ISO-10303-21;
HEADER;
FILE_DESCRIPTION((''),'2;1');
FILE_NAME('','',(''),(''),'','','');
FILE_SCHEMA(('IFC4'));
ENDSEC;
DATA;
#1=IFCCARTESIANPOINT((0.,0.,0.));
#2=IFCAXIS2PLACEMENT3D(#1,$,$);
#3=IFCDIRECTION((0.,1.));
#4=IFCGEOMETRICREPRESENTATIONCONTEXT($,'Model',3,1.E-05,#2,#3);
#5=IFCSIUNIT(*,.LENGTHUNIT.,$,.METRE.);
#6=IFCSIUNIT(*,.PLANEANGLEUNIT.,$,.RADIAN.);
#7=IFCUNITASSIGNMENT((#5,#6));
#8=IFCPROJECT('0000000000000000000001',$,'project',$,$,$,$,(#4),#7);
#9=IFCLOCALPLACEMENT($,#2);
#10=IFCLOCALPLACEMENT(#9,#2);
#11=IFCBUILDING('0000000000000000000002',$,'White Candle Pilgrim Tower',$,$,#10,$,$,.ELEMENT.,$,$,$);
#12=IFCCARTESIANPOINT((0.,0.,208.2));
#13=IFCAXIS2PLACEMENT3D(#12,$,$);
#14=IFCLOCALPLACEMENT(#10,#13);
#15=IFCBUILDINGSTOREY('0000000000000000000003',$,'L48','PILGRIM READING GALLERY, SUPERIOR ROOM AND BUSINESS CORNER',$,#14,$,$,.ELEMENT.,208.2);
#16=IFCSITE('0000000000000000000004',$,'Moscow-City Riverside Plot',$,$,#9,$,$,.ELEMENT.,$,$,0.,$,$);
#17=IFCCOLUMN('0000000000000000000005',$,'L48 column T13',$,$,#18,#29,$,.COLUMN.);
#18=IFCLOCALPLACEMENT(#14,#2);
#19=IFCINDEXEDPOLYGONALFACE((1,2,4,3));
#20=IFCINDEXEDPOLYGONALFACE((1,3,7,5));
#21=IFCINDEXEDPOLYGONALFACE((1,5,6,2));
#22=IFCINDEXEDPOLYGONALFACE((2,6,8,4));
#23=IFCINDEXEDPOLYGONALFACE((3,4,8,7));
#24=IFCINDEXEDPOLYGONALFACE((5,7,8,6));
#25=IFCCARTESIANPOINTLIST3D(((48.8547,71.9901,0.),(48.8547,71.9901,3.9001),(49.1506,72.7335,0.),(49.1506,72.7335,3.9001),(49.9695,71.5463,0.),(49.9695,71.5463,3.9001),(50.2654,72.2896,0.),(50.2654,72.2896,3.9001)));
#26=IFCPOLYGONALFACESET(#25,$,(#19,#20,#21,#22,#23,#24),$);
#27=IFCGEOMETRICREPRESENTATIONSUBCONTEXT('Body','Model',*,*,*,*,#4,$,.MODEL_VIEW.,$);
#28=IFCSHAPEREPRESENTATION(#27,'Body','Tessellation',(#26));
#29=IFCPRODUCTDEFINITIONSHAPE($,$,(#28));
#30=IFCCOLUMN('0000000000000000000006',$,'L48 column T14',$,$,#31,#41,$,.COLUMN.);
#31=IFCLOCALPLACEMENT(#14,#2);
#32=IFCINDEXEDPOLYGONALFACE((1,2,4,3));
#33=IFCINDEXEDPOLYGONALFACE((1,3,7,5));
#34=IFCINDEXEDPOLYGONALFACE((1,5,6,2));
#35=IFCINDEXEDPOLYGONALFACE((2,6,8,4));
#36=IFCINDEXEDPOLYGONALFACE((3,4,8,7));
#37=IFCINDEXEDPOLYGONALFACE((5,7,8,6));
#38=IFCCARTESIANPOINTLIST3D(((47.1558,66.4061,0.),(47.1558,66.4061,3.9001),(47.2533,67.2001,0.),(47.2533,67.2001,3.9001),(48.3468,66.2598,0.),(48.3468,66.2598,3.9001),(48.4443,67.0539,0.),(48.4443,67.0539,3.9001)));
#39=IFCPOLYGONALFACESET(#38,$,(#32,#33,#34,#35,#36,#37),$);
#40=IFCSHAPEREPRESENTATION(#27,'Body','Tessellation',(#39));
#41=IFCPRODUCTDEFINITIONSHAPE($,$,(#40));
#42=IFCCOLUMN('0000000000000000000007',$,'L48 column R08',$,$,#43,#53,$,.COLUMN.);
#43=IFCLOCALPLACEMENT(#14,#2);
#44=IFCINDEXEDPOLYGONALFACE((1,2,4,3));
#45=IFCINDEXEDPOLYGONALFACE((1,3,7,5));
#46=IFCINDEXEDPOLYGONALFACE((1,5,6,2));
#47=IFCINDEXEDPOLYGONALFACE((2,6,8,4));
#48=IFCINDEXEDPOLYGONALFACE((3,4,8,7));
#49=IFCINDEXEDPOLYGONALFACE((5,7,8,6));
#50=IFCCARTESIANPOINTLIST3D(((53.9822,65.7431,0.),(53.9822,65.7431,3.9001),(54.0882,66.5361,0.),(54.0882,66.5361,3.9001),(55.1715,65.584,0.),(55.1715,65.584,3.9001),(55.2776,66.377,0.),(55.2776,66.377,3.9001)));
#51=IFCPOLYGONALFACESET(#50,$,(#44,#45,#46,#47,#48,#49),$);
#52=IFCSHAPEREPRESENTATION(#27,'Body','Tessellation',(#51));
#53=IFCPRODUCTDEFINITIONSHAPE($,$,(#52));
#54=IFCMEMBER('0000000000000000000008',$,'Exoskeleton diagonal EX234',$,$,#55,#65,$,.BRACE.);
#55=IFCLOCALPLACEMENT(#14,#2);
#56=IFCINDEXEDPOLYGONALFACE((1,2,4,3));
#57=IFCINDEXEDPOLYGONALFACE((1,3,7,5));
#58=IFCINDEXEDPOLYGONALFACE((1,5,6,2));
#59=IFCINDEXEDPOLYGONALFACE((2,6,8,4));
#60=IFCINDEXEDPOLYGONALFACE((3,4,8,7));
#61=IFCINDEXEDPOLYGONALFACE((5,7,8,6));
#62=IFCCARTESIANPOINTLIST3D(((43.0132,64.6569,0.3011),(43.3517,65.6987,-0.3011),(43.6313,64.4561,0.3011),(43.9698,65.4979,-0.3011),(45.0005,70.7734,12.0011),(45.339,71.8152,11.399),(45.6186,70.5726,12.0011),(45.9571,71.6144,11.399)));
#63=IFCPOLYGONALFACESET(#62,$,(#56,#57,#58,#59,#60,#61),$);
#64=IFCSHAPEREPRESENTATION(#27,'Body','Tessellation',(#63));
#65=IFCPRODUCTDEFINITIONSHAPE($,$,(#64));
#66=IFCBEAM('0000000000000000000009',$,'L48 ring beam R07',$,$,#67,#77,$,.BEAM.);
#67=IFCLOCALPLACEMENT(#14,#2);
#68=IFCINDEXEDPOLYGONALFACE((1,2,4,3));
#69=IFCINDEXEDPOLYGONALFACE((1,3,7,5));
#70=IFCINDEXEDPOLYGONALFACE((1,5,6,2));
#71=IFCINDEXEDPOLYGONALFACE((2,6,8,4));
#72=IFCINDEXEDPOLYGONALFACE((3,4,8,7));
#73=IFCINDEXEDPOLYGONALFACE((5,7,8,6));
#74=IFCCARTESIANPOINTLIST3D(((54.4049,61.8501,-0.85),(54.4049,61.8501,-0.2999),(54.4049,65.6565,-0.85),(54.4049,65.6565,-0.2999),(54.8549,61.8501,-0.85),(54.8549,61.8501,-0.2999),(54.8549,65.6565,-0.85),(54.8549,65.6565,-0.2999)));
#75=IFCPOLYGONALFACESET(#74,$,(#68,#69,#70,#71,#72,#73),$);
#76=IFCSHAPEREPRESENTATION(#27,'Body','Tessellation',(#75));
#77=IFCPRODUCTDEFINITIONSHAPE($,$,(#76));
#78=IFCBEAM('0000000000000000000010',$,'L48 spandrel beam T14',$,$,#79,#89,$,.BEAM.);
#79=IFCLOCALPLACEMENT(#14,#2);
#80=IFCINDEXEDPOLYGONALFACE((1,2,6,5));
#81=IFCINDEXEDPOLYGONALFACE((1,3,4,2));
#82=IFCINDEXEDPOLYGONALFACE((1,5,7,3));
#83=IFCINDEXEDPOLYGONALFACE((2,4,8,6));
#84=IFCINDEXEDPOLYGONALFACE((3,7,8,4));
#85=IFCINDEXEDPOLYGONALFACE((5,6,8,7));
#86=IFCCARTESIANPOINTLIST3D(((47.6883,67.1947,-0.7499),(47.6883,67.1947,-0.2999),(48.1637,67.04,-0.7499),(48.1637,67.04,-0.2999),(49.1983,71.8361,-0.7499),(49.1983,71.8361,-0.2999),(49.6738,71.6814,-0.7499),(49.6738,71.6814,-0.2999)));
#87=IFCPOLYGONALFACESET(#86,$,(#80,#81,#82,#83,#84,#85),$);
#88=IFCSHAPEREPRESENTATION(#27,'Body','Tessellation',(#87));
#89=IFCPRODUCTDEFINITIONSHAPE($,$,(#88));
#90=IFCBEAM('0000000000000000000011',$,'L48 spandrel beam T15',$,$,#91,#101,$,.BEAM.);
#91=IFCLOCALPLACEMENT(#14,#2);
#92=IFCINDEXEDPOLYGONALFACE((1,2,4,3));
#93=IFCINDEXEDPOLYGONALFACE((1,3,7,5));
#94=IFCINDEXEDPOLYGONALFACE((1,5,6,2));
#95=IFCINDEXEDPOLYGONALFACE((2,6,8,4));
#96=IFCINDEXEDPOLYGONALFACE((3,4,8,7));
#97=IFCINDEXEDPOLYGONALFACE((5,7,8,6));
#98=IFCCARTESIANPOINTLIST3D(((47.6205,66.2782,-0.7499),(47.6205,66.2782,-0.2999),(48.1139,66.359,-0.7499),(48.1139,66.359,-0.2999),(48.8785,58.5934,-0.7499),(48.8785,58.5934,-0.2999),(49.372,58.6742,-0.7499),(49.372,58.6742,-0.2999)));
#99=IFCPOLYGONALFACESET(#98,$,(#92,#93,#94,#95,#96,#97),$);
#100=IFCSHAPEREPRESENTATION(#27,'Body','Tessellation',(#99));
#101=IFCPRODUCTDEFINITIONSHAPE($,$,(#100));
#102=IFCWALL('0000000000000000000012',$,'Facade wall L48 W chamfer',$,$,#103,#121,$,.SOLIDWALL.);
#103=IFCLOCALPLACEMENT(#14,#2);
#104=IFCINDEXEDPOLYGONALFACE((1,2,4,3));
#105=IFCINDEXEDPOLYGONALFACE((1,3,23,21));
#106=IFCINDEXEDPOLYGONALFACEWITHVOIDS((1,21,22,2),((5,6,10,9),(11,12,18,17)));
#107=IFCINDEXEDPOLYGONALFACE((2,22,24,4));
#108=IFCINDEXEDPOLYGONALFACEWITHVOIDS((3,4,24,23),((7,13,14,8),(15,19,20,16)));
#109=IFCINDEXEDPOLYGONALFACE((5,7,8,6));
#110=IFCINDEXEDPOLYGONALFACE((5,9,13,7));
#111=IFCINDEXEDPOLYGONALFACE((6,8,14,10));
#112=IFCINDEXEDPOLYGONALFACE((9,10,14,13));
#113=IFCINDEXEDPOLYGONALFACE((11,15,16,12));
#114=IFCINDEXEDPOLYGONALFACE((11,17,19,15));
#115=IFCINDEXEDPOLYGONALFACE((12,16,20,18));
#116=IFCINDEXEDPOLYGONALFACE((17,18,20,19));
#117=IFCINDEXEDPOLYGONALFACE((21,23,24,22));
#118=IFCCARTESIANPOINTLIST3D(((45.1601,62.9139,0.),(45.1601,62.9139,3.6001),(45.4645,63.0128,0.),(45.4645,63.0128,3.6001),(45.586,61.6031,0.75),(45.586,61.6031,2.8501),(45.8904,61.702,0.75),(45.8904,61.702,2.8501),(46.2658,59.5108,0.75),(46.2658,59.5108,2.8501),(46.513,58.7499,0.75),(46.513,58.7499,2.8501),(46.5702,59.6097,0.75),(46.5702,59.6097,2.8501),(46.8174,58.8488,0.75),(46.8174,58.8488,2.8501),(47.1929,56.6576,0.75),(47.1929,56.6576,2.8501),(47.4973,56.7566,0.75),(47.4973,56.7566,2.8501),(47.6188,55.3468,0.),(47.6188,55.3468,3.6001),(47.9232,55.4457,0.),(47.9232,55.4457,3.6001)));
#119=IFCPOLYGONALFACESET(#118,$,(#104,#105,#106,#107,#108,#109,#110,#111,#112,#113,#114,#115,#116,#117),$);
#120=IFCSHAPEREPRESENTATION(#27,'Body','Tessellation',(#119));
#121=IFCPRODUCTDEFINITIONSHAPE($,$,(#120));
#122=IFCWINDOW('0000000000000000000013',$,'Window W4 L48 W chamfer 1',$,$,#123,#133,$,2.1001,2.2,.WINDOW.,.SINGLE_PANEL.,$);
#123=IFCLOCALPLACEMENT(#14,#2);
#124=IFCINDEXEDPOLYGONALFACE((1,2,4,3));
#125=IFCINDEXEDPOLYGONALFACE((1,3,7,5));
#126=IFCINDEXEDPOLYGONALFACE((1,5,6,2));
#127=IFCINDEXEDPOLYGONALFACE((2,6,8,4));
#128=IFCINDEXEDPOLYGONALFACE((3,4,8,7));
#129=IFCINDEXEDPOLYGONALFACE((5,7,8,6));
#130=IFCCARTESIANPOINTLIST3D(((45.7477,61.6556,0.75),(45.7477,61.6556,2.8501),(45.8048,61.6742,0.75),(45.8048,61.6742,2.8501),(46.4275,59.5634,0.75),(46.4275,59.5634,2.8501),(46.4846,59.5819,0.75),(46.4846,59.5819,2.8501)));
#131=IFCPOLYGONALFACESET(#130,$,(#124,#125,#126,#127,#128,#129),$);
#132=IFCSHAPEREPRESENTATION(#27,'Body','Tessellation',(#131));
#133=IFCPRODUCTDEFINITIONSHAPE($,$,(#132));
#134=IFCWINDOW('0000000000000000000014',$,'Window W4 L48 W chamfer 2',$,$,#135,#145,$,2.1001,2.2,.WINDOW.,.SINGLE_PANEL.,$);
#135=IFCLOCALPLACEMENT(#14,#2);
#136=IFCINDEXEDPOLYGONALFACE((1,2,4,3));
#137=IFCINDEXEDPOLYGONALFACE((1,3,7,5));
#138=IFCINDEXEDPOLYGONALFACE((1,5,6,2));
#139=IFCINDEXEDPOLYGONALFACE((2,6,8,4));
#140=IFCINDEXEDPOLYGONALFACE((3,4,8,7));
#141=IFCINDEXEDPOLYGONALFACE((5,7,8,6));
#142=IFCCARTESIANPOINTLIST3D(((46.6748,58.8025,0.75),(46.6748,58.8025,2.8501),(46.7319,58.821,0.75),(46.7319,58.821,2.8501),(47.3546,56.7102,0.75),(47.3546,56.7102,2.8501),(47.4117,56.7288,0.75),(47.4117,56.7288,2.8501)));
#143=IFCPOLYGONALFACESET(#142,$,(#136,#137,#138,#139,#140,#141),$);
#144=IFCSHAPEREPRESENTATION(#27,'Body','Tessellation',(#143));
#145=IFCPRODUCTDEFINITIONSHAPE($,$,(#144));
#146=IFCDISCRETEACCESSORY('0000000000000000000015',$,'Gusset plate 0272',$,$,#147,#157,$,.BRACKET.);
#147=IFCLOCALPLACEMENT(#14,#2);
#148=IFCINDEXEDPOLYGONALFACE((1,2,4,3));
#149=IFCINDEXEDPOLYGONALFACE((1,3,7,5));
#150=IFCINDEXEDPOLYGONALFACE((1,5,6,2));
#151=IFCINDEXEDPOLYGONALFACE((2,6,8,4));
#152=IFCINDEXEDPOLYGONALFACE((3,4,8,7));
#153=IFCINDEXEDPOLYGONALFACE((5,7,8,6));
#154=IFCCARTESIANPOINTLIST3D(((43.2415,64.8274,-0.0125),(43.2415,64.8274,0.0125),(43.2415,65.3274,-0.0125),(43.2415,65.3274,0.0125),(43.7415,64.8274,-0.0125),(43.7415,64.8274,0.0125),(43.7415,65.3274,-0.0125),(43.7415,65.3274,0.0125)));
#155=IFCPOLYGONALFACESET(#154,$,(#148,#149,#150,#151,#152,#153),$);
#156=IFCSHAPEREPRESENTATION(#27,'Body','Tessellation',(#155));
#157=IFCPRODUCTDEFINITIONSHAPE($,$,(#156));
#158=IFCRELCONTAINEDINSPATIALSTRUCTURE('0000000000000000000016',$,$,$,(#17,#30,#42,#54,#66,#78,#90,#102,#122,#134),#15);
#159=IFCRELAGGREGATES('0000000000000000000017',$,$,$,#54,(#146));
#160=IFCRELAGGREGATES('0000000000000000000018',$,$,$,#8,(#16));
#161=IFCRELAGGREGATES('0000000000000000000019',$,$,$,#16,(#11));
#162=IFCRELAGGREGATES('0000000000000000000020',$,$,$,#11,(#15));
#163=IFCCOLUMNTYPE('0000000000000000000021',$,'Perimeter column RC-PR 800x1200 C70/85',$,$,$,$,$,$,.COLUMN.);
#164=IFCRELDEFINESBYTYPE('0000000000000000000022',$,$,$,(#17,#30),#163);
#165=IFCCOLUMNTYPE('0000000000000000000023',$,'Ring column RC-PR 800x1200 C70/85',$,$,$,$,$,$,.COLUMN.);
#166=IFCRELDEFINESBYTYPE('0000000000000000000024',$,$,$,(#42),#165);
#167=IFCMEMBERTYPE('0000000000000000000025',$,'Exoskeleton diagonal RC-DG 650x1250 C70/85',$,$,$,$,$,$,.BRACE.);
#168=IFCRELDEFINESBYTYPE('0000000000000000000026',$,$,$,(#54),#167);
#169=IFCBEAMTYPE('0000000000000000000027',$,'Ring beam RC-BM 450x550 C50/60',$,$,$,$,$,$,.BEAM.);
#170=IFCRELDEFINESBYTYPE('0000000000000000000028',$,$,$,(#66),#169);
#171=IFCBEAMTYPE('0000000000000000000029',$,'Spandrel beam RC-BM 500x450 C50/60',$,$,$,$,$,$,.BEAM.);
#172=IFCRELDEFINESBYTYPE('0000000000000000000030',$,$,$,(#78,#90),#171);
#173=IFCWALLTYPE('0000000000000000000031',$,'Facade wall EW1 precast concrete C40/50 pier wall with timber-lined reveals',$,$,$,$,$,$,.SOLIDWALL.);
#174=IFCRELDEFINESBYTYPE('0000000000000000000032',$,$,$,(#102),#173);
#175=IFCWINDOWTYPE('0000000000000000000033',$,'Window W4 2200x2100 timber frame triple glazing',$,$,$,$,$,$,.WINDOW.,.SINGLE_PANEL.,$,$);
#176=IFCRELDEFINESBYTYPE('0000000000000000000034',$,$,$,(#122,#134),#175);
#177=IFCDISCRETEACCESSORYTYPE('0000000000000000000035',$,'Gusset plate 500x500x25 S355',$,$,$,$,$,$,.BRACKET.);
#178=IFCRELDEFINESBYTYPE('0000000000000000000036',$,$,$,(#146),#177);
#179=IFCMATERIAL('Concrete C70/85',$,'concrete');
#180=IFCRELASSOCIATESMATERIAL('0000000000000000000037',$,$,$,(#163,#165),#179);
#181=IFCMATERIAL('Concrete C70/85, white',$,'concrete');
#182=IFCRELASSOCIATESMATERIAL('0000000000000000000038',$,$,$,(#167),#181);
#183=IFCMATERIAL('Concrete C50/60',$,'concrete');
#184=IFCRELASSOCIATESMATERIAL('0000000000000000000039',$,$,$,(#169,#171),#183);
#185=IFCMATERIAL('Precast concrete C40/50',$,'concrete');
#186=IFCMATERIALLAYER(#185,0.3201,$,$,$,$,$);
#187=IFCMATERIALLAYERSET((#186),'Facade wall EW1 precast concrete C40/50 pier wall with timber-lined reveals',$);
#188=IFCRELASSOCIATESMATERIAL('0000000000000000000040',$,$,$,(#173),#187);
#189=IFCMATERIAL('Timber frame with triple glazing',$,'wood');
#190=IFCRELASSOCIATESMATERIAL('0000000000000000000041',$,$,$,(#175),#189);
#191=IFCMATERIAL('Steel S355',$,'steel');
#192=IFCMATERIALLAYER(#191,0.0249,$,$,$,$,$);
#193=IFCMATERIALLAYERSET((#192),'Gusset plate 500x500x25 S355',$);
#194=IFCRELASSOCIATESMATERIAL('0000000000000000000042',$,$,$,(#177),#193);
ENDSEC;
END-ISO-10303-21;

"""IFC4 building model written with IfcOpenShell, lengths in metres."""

from ifc_helpers import new_model, si_unit, direction, frame, frame_2d, origin, origin_2d, place, context, subcontext, project, spatial, rectangle, extrude, material, layer, layer_set, material_profile, profile_set, type_object, element, fill, aggregate, save


model = new_model("IFC4")

# Units and contexts
model_context = context("Model", 3, precision=1e-05, world=origin(), true_north=direction((0.0, 1.0)))
body_context = subcontext(model_context, "Body", "Model", "MODEL_VIEW")
ifc_project = project(units=[si_unit("LENGTHUNIT", "METRE"), si_unit("PLANEANGLEUNIT", "RADIAN")], contexts=[model_context])

# Site, building, storey
site_placement = place(None, origin())
site = spatial("IfcSite", under=ifc_project, at=site_placement, Name="Moscow-City Riverside Plot", CompositionType="ELEMENT", RefElevation=0.0)
building_placement = place(site_placement, origin())
building = spatial("IfcBuilding", under=site, at=building_placement, Name="White Candle Pilgrim Tower", CompositionType="ELEMENT")
storey_placement = place(building_placement, frame((0.0, 0.0, 208.2)))
storey = spatial("IfcBuildingStorey", under=building, at=storey_placement, Name="L48", Description="PILGRIM READING GALLERY, SUPERIOR ROOM AND BUSINESS CORNER", CompositionType="ELEMENT", Elevation=208.2)

# Columns
ifc_material_1 = material(Name="Concrete C70/85", Category="concrete")
ifc_material_profile_1 = material_profile(ifc_material_1, rectangle(XDim=0.8, YDim=1.2, at=origin_2d()), Name="RC-PR 800x1200")
ifc_profile_set_1 = profile_set([ifc_material_profile_1], Name="Concrete C70/85")
column_type_1 = type_object("IfcColumnType", Name="Perimeter column RC-PR 800x1200 C70/85", PredefinedType="COLUMN", material=ifc_profile_set_1)
for number, where, z_axis, x_axis, name in (
    (1, (49.5601, 72.1399, 0.0), (0.0, 0.0, 1.0), (0.36986, 0.929087, 0.0), "L48 column T13"),
    (2, (47.8, 66.73, 0.0), (0.0, 0.0, 1.0), (0.121869, 0.992546, 0.0), "L48 column T14"),
):
    element("IfcColumn", number, at=place(storey_placement, frame(where, z_axis=z_axis, x_axis=x_axis)), inside=storey, type_object=column_type_1, Name=name, PredefinedType="COLUMN", context=body_context, shape_type="SweptSolid", body=[
        extrude(rectangle(XDim=0.8, YDim=1.2, at=origin_2d()), origin(), (0.0, 0.0, 1.0), 3.9001),
    ])
ifc_material_profile_2 = material_profile(ifc_material_1, rectangle(XDim=0.8, YDim=1.2, at=origin_2d()), Name="RC-PR 800x1200")
ifc_profile_set_2 = profile_set([ifc_material_profile_2], Name="Concrete C70/85")
column_type_2 = type_object("IfcColumnType", Name="Ring column RC-PR 800x1200 C70/85", PredefinedType="COLUMN", material=ifc_profile_set_2)
column_placement = place(storey_placement, frame((54.6299, 66.0601, 0.0), z_axis=(0.0, 0.0, 1.0), x_axis=(0.132602, 0.991169, 0.0)))
element("IfcColumn", 3, at=column_placement, inside=storey, type_object=column_type_2, Name="L48 column R08", PredefinedType="COLUMN", context=body_context, shape_type="SweptSolid", body=[
    extrude(rectangle(XDim=0.8, YDim=1.2, at=origin_2d()), origin(), (0.0, 0.0, 1.0), 3.9001),
])

# Member
ifc_material_2 = material(Name="Concrete C70/85, white", Category="concrete")
ifc_material_profile_3 = material_profile(ifc_material_2, rectangle(XDim=0.6499, YDim=1.25, at=origin_2d()), Name="RC-DG 650x1250")
ifc_profile_set_3 = profile_set([ifc_material_profile_3], Name="Concrete C70/85, white")
member_type = type_object("IfcMemberType", Name="Exoskeleton diagonal RC-DG 650x1250 C70/85", PredefinedType="BRACE", material=ifc_profile_set_3)
member_placement = place(storey_placement, frame((43.4915, 65.0774, 0.0), z_axis=(0.148851, 0.458127, 0.876335), x_axis=(-0.951059, 0.30901, 0.0)))
member = element("IfcMember", 4, at=member_placement, inside=storey, type_object=member_type, Name="Exoskeleton diagonal EX234", PredefinedType="BRACE", context=body_context, shape_type="SweptSolid", body=[
    extrude(rectangle(XDim=0.6499, YDim=1.25, at=origin_2d()), origin(), (0.0, 0.0, 1.0), 13.3511),
])

# Beams
ifc_material_3 = material(Name="Concrete C50/60", Category="concrete")
ifc_material_profile_4 = material_profile(ifc_material_3, rectangle(XDim=0.45, YDim=0.55, at=origin_2d()), Name="RC-BM 450x550")
ifc_profile_set_4 = profile_set([ifc_material_profile_4], Name="Concrete C50/60")
beam_type_1 = type_object("IfcBeamType", Name="Ring beam RC-BM 450x550 C50/60", PredefinedType="BEAM", material=ifc_profile_set_4)
beam_1_placement = place(storey_placement, frame((54.6299, 65.6565, -0.575), z_axis=(0.0, -1.0, 0.0), x_axis=(1.0, 0.0, 0.0)))
element("IfcBeam", 5, at=beam_1_placement, inside=storey, type_object=beam_type_1, Name="L48 ring beam R07", PredefinedType="BEAM", context=body_context, shape_type="SweptSolid", body=[
    extrude(rectangle(XDim=0.45, YDim=0.55, at=origin_2d()), origin(), (0.0, 0.0, 1.0), 3.8064),
])
ifc_material_profile_5 = material_profile(ifc_material_3, rectangle(XDim=0.5, YDim=0.45, at=origin_2d()), Name="RC-BM 500x450")
ifc_profile_set_5 = profile_set([ifc_material_profile_5], Name="Concrete C50/60")
beam_type_2 = type_object("IfcBeamType", Name="Spandrel beam RC-BM 500x450 C50/60", PredefinedType="BEAM", material=ifc_profile_set_5)
beam_2_placement = place(storey_placement, frame((49.436, 71.7588, -0.5249), z_axis=(-0.309377, -0.95094, 0.0), x_axis=(0.95094, -0.309377, 0.0)))
element("IfcBeam", 6, at=beam_2_placement, inside=storey, type_object=beam_type_2, Name="L48 spandrel beam T14", PredefinedType="BEAM", context=body_context, shape_type="SweptSolid", body=[
    extrude(rectangle(XDim=0.5, YDim=0.45, at=origin_2d()), origin(), (0.0, 0.0, 1.0), 4.8809),
])
beam_3_placement = place(storey_placement, frame((47.8672, 66.3186, -0.5249), z_axis=(0.161556, -0.986863, 0.0), x_axis=(0.986863, 0.161556, 0.0)))
element("IfcBeam", 7, at=beam_3_placement, inside=storey, type_object=beam_type_2, Name="L48 spandrel beam T15", PredefinedType="BEAM", context=body_context, shape_type="SweptSolid", body=[
    extrude(rectangle(XDim=0.5, YDim=0.45, at=origin_2d()), origin(), (0.0, 0.0, 1.0), 7.7871),
])

# Wall, openings, windows
ifc_material_4 = material(Name="Precast concrete C40/50", Category="concrete")
ifc_layer_1 = layer(ifc_material_4, 0.3201)
ifc_layer_set_1 = layer_set([ifc_layer_1], Name="Facade wall EW1 precast concrete C40/50 pier wall with timber-lined reveals")
wall_type_1 = type_object("IfcWallType", Name="Facade wall EW1 precast concrete C40/50 pier wall with timber-lined reveals", PredefinedType="SOLIDWALL", material=ifc_layer_set_1)
wall_1_placement = place(storey_placement, frame((45.3123, 62.9634, 0.0), z_axis=(0.0, 0.0, 1.0), x_axis=(0.30902, -0.951055, 0.0)))
wall_1 = element("IfcWall", 8, at=wall_1_placement, inside=storey, type_object=wall_type_1, Name="Facade wall L48 W chamfer", PredefinedType="SOLIDWALL", context=body_context, shape_type="SweptSolid", body=[
    extrude(rectangle(XDim=7.9565, YDim=0.3201, at=frame_2d((3.9783, 0.0))), origin(), (0.0, 0.0, 1.0), 3.6001),
])
opening_1_placement = place(wall_1_placement, frame((1.3782, 0.0, 0.75)))
opening_1 = element("IfcOpeningElement", 9, at=opening_1_placement, cuts=wall_1, PredefinedType="OPENING", context=body_context, shape_type="SweptSolid", body=[
    extrude(rectangle(XDim=2.2, YDim=2.1001, at=frame_2d((1.1001, 1.05))), frame((0.0, 0.1699, 0.0), z_axis=(0.0, -1.0, 0.0), x_axis=(1.0, 0.0, 0.0)), (0.0, 0.0, 1.0), 0.3401),
])
opening_2_placement = place(wall_1_placement, frame((4.3782, 0.0, 0.75)))
opening_2 = element("IfcOpeningElement", 10, at=opening_2_placement, cuts=wall_1, PredefinedType="OPENING", context=body_context, shape_type="SweptSolid", body=[
    extrude(rectangle(XDim=2.2, YDim=2.1001, at=frame_2d((1.1001, 1.05))), frame((0.0, 0.1699, 0.0), z_axis=(0.0, -1.0, 0.0), x_axis=(1.0, 0.0, 0.0)), (0.0, 0.0, 1.0), 0.3401),
])
ifc_material_5 = material(Name="Timber frame with triple glazing", Category="wood")
window_type = type_object("IfcWindowType", Name="Window W4 2200x2100 timber frame triple glazing", PartitioningType="SINGLE_PANEL", PredefinedType="WINDOW", material=ifc_material_5)
window_1_placement = place(opening_1_placement, origin())
window_1 = element("IfcWindow", 11, at=window_1_placement, inside=storey, type_object=window_type, Name="Window W4 L48 W chamfer 1", OverallHeight=2.1001, OverallWidth=2.2, PartitioningType="SINGLE_PANEL", PredefinedType="WINDOW", context=body_context, shape_type="SweptSolid", body=[
    extrude(rectangle(XDim=2.2, YDim=2.1001, at=frame_2d((1.1001, 1.05))), frame((0.0, 0.0701, 0.0), z_axis=(0.0, -1.0, 0.0), x_axis=(1.0, 0.0, 0.0)), (0.0, 0.0, 1.0), 0.0601),
])
fill(opening_1, window_1)
window_2_placement = place(opening_2_placement, origin())
window_2 = element("IfcWindow", 12, at=window_2_placement, inside=storey, type_object=window_type, Name="Window W4 L48 W chamfer 2", OverallHeight=2.1001, OverallWidth=2.2, PartitioningType="SINGLE_PANEL", PredefinedType="WINDOW", context=body_context, shape_type="SweptSolid", body=[
    extrude(rectangle(XDim=2.2, YDim=2.1001, at=frame_2d((1.1001, 1.05))), frame((0.0, 0.0701, 0.0), z_axis=(0.0, -1.0, 0.0), x_axis=(1.0, 0.0, 0.0)), (0.0, 0.0, 1.0), 0.0601),
])
fill(opening_2, window_2)

# Discrete accessory
ifc_material_6 = material(Name="Steel S355", Category="steel")
ifc_layer_2 = layer(ifc_material_6, 0.0249)
ifc_layer_set_2 = layer_set([ifc_layer_2], Name="Gusset plate 500x500x25 S355")
discrete_accessory_type = type_object("IfcDiscreteAccessoryType", Name="Gusset plate 500x500x25 S355", PredefinedType="BRACKET", material=ifc_layer_set_2)
discrete_accessory_placement = place(storey_placement, frame((43.4915, 65.0774, -0.0125), z_axis=(0.0, 0.0, 1.0), x_axis=(1.0, 0.0, 0.0)))
discrete_accessory = element("IfcDiscreteAccessory", 13, at=discrete_accessory_placement, type_object=discrete_accessory_type, Name="Gusset plate 0272", PredefinedType="BRACKET", context=body_context, shape_type="SweptSolid", body=[
    extrude(rectangle(XDim=0.5, YDim=0.5, at=origin_2d()), origin(), (0.0, 0.0, 1.0), 0.0249),
])
aggregate(member, [discrete_accessory])

save(model, "model.ifc")
